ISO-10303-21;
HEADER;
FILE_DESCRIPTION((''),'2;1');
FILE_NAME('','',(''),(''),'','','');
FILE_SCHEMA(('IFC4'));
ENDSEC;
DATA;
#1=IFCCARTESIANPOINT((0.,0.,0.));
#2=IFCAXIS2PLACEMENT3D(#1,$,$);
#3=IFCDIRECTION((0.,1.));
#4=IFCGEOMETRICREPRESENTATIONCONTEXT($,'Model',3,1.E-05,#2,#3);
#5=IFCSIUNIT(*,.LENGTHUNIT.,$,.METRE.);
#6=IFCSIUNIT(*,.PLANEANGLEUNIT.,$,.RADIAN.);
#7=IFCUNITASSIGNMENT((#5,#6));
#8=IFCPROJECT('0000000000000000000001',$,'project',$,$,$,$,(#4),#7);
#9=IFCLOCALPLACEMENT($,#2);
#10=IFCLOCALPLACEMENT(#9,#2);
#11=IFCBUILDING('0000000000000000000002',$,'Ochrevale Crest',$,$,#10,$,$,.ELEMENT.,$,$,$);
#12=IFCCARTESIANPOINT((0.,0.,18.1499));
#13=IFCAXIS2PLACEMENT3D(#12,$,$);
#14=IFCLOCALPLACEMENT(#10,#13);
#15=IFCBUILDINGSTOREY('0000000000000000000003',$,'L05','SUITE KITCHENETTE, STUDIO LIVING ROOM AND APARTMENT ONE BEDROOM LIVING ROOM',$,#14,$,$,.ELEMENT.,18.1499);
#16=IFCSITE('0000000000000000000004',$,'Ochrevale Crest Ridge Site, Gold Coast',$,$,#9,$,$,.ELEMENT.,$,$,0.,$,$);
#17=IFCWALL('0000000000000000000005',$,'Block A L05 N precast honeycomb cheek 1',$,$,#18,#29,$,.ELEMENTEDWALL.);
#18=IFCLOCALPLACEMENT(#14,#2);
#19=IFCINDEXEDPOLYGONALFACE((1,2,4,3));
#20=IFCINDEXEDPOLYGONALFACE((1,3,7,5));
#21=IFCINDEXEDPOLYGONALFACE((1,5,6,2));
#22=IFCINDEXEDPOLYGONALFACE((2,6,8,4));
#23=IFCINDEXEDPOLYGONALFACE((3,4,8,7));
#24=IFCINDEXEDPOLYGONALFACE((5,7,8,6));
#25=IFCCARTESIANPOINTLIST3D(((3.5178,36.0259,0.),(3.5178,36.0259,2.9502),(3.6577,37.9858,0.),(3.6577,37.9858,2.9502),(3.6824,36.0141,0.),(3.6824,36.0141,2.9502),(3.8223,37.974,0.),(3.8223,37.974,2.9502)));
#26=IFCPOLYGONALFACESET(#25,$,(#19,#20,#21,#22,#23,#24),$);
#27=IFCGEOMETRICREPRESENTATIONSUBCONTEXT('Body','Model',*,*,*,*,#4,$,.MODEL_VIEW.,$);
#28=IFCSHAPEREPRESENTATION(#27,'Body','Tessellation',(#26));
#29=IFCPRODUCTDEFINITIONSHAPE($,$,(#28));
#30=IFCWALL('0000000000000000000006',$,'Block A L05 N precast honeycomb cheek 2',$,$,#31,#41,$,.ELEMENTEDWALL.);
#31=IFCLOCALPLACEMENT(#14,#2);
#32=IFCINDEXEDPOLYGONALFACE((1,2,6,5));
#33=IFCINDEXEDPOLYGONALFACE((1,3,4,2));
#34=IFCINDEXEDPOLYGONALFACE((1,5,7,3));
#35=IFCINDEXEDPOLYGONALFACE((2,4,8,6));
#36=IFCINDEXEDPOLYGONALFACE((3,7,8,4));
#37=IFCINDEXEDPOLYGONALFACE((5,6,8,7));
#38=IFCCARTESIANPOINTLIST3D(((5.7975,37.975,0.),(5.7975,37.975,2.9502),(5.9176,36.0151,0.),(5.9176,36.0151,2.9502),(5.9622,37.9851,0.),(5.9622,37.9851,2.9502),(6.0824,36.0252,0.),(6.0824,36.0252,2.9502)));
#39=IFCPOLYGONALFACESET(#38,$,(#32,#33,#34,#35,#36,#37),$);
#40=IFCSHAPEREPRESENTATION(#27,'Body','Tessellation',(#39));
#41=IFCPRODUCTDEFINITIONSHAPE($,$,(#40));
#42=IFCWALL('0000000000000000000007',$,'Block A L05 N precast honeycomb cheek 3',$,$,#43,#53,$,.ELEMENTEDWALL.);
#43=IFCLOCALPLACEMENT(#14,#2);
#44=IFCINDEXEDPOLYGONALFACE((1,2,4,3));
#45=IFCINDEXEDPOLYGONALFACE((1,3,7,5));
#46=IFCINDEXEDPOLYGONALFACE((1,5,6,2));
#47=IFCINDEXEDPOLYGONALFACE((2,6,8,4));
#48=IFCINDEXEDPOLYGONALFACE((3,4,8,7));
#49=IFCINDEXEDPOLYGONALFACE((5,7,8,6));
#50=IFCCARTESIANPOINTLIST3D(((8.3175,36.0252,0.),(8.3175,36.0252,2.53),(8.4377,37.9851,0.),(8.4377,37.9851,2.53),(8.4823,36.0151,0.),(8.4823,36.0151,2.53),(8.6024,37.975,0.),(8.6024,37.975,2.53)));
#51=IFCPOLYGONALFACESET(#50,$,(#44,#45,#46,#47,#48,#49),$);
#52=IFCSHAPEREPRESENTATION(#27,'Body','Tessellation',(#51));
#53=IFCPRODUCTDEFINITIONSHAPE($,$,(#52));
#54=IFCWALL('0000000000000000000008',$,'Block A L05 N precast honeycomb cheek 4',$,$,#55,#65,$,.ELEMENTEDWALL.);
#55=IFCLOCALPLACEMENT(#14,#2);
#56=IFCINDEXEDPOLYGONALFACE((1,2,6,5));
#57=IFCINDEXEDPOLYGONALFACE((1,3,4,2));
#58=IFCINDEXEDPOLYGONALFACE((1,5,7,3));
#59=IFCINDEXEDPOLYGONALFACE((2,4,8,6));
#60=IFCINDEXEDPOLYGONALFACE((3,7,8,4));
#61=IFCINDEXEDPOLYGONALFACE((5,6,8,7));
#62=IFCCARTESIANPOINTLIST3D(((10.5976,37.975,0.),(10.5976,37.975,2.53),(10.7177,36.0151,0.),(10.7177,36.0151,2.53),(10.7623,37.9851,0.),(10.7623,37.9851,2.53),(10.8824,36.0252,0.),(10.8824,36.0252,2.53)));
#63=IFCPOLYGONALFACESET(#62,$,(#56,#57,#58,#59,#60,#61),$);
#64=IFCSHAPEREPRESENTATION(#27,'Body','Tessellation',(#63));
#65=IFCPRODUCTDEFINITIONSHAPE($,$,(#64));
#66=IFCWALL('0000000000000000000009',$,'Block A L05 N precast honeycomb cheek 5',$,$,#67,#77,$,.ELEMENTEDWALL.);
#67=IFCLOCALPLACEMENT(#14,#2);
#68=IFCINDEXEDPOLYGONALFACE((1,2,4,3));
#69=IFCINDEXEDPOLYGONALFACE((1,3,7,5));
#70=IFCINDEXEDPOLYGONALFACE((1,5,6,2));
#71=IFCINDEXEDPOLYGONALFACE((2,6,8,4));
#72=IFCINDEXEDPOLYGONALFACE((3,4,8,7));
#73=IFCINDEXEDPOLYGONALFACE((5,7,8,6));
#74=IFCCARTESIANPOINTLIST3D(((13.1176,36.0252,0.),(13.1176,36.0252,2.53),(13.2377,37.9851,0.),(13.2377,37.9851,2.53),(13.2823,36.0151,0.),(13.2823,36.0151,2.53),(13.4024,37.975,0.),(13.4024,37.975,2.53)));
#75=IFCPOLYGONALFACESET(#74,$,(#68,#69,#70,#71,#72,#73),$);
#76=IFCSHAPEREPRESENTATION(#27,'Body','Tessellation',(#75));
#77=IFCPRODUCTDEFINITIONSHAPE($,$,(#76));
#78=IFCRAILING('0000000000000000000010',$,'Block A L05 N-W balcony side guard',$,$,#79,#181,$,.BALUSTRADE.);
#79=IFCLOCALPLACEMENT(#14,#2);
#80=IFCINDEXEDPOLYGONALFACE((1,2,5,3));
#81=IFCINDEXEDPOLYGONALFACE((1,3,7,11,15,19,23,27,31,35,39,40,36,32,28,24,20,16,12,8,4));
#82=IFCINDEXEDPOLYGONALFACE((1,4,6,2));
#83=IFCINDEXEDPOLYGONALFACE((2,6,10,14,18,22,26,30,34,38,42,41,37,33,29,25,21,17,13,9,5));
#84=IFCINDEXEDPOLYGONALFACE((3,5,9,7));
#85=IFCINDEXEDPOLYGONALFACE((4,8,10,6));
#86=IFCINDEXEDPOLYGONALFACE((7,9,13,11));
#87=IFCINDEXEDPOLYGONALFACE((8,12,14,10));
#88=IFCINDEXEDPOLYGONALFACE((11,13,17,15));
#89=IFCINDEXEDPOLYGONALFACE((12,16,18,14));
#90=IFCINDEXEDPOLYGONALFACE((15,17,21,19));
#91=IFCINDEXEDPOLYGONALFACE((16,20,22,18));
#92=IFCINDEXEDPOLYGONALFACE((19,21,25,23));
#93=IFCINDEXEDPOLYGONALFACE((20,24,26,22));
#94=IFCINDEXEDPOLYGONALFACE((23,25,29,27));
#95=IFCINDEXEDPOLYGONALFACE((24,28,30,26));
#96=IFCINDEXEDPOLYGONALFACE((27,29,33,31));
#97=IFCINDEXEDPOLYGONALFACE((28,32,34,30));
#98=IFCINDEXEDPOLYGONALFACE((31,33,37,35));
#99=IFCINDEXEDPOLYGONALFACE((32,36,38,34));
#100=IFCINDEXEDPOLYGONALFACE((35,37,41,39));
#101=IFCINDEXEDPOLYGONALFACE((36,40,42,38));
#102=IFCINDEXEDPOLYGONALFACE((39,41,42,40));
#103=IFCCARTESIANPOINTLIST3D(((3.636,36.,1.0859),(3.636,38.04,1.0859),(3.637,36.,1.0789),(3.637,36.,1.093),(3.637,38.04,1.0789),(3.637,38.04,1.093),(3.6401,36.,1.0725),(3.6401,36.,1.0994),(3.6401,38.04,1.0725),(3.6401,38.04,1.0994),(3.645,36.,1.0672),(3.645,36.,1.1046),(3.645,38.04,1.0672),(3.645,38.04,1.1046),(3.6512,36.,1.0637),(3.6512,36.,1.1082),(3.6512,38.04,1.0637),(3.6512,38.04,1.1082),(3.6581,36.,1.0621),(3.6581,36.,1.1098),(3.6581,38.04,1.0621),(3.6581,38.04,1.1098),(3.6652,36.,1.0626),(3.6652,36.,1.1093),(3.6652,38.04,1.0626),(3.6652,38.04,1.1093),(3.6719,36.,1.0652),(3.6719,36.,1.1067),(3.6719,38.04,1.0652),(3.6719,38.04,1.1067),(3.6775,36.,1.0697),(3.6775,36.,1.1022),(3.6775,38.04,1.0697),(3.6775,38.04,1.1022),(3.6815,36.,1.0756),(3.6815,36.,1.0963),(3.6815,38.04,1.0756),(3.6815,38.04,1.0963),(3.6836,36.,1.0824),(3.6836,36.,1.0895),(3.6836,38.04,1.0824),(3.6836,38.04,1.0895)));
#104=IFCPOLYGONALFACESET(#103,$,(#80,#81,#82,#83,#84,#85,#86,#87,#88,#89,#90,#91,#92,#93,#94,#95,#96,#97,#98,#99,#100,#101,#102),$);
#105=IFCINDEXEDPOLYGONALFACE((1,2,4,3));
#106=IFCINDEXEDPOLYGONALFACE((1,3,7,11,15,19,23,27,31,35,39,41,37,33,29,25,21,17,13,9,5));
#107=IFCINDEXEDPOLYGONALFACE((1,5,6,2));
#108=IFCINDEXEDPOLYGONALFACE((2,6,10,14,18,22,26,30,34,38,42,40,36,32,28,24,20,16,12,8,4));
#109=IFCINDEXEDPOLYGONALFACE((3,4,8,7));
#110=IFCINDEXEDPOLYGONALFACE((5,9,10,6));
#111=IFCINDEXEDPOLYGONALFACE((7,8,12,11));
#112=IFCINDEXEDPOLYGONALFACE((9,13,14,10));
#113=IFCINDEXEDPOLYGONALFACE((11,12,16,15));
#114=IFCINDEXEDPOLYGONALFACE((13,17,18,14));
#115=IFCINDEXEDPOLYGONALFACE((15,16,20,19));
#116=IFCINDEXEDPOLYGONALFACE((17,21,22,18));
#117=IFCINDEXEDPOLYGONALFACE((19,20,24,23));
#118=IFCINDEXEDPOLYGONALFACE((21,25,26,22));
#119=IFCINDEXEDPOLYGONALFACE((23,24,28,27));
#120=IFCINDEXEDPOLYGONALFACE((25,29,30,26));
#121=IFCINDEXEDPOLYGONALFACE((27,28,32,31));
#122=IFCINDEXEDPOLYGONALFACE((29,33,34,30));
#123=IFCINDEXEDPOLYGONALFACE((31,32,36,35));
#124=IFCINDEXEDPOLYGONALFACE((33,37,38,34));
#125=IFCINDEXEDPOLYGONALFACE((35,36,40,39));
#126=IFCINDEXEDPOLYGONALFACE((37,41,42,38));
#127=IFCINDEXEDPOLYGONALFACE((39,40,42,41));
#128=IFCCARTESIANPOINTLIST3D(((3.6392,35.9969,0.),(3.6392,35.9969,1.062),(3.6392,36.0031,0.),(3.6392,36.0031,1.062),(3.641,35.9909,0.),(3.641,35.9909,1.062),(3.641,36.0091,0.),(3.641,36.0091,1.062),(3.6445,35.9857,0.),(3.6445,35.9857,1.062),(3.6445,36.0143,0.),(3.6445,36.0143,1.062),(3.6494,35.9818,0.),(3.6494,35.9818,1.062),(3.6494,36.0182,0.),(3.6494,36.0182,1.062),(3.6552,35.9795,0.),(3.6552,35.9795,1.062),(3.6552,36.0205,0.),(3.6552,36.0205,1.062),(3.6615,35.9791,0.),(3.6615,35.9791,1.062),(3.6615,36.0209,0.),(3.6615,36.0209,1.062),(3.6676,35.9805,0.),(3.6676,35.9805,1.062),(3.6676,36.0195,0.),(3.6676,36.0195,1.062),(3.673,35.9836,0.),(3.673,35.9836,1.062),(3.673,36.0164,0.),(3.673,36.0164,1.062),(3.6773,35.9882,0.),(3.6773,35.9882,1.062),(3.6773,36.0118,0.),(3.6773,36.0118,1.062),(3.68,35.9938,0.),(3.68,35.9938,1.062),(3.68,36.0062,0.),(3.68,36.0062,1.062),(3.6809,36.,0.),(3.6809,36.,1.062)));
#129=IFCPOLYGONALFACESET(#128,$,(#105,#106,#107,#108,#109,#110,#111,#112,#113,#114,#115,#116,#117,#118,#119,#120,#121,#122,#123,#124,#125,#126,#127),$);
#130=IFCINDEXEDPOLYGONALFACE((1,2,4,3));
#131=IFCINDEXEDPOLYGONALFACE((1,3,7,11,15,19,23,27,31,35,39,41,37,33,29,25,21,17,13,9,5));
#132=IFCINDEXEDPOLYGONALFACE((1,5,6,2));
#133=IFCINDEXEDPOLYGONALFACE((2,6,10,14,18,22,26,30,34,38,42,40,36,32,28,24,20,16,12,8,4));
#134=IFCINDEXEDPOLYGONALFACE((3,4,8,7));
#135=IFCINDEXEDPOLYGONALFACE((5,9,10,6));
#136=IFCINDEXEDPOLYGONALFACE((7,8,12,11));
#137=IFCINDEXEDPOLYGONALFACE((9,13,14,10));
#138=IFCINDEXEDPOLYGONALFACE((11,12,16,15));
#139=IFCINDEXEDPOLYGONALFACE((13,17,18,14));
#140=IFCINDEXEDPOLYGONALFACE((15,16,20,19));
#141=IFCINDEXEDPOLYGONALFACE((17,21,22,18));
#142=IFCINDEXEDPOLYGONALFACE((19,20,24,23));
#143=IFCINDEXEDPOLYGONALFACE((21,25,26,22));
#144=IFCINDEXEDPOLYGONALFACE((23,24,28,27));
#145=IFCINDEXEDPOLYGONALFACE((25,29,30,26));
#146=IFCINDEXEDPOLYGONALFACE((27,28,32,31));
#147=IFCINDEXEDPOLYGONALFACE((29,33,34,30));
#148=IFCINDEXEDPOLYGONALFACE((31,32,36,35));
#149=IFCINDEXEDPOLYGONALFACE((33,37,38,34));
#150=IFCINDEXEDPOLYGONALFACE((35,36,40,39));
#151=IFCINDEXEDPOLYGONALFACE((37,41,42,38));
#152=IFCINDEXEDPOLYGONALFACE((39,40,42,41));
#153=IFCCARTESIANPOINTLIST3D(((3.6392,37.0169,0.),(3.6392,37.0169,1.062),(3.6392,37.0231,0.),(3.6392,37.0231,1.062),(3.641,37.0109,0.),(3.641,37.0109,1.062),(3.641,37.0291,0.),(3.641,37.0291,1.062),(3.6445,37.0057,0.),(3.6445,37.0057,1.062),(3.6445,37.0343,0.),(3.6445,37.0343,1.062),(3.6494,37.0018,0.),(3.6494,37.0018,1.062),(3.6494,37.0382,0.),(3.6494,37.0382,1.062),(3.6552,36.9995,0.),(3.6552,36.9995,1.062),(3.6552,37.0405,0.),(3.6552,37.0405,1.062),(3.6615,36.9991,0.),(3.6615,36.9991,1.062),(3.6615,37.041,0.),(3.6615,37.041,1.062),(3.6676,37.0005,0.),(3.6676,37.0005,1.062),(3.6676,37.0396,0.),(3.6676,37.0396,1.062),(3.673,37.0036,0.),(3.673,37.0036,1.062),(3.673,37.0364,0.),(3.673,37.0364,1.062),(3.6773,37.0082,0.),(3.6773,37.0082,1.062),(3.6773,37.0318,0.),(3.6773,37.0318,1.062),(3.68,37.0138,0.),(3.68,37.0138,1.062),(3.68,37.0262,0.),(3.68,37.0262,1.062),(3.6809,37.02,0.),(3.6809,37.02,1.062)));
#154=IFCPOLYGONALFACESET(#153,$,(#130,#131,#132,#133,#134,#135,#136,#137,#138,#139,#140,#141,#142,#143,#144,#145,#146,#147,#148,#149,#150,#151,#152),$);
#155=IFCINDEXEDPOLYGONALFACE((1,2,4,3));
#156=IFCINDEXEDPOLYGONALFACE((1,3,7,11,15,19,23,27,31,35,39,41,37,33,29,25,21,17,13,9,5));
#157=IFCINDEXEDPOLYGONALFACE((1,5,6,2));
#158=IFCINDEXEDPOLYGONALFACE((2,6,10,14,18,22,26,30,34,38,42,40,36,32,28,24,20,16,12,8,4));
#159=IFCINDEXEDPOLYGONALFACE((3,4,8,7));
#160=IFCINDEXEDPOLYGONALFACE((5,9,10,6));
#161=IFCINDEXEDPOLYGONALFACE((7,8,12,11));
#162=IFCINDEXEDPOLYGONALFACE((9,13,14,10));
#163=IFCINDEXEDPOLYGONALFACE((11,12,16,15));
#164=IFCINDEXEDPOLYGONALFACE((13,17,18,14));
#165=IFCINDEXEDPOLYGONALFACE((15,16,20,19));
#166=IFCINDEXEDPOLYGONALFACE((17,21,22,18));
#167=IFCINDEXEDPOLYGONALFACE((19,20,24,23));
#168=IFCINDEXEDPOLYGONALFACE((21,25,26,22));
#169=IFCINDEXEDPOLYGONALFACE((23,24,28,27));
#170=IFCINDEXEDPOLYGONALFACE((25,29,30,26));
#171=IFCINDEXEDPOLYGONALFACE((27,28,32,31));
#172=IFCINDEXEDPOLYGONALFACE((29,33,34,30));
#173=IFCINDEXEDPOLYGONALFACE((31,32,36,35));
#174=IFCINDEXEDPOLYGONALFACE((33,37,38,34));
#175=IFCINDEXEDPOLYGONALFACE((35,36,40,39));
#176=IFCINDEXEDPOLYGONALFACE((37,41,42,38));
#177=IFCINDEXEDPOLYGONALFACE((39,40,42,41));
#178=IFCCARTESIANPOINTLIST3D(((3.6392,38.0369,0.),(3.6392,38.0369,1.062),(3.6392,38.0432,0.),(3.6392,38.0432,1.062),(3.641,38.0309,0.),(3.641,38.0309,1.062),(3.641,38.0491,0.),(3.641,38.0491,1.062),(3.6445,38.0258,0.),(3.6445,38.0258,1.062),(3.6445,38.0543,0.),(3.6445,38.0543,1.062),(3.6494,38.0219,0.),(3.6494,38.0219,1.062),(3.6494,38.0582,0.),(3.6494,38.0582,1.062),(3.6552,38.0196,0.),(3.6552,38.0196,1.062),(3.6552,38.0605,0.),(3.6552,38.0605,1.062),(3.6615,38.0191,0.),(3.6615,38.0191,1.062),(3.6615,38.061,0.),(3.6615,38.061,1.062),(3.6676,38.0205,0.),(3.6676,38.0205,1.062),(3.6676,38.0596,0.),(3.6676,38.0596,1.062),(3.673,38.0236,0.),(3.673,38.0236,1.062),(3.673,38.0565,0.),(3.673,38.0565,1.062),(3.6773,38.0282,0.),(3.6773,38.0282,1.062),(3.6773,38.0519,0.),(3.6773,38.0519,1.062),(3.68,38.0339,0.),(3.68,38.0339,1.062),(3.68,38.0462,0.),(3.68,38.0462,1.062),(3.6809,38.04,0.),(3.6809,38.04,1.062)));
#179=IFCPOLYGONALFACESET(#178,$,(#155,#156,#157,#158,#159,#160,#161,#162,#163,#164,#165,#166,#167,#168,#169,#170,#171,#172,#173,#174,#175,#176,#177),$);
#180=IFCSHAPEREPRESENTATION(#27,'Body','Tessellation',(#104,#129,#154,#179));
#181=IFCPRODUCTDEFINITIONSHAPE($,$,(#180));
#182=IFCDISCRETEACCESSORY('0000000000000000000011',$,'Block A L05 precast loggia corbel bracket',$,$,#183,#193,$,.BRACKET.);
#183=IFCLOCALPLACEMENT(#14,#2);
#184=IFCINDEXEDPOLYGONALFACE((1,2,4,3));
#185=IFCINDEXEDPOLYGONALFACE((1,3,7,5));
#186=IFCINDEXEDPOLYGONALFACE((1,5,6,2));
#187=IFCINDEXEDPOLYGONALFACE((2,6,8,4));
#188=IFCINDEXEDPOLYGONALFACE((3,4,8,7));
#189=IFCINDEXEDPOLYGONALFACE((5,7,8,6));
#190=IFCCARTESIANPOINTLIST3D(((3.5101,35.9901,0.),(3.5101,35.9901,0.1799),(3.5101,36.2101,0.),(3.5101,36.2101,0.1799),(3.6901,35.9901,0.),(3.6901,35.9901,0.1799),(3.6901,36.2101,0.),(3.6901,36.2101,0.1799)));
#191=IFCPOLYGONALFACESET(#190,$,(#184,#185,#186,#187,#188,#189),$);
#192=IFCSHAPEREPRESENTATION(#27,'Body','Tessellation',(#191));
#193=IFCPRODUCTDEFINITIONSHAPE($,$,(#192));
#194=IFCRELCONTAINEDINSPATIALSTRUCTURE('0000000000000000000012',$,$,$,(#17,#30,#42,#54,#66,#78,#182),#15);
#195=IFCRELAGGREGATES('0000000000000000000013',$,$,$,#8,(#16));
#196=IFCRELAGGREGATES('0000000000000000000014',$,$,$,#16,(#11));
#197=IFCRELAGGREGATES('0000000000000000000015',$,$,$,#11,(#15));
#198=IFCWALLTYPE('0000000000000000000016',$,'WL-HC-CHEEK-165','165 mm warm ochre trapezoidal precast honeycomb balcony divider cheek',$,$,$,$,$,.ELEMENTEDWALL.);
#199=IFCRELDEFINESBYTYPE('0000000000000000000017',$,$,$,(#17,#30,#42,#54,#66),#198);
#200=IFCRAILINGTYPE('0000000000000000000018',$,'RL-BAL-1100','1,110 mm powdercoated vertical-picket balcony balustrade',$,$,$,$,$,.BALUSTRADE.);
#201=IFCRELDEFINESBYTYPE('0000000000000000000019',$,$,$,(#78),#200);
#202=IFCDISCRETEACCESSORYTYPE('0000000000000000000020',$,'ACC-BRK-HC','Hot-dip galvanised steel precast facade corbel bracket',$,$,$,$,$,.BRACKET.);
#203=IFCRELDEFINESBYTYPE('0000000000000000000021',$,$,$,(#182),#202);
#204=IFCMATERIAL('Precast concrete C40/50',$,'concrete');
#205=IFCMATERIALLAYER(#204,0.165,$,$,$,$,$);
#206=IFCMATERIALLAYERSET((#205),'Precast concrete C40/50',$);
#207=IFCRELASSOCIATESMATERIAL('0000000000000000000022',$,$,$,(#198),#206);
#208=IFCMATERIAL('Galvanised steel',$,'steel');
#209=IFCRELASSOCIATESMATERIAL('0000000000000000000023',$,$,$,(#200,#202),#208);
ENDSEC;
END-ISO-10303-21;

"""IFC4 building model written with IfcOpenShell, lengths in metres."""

from ifc_helpers import new_model, si_unit, direction, frame, frame_2d, origin, origin_2d, place, context, subcontext, project, spatial, rectangle, circle, extrude, material, layer, layer_set, type_object, element, save


model = new_model("IFC4")

# Units and contexts
model_context = context("Model", 3, precision=1e-05, world=origin(), true_north=direction((0.0, 1.0)))
body_context = subcontext(model_context, "Body", "Model", "MODEL_VIEW")
ifc_project = project(units=[si_unit("LENGTHUNIT", "METRE"), si_unit("PLANEANGLEUNIT", "RADIAN")], contexts=[model_context])

# Site, building, storey
site_placement = place(None, origin())
site = spatial("IfcSite", under=ifc_project, at=site_placement, Name="Ochrevale Crest Ridge Site, Gold Coast", CompositionType="ELEMENT", RefElevation=0.0)
building_placement = place(site_placement, origin())
building = spatial("IfcBuilding", under=site, at=building_placement, Name="Ochrevale Crest", CompositionType="ELEMENT")
storey_placement = place(building_placement, frame((0.0, 0.0, 18.1499)))
storey = spatial("IfcBuildingStorey", under=building, at=storey_placement, Name="L05", Description="SUITE KITCHENETTE, STUDIO LIVING ROOM AND APARTMENT ONE BEDROOM LIVING ROOM", CompositionType="ELEMENT", Elevation=18.1499)

# Shared definitions
ifc_material_1 = material(Name="Precast concrete C40/50", Category="concrete")

# Walls
ifc_layer_1 = layer(ifc_material_1, 0.165)
ifc_layer_set_1 = layer_set([ifc_layer_1], Name="Precast concrete C40/50")
wall_type_1 = type_object("IfcWallType", Name="WL-HC-CHEEK-165", Description="165 mm warm ochre trapezoidal precast honeycomb balcony divider cheek", PredefinedType="ELEMENTEDWALL", material=ifc_layer_set_1)
wall_1_placement = place(storey_placement, frame((3.6001, 36.02, 0.0), z_axis=(0.0, 0.0, 1.0), x_axis=(0.071194, 0.997462, 0.0)))
element("IfcWall", 1, at=wall_1_placement, inside=storey, type_object=wall_type_1, Name="Block A L05 N precast honeycomb cheek 1", PredefinedType="ELEMENTEDWALL", context=body_context, shape_type="SweptSolid", body=[
    extrude(rectangle(XDim=1.9648, YDim=0.165, at=frame_2d((0.9824, 0.0))), origin(), (0.0, 0.0, 1.0), 2.9502),
])
wall_2_placement = place(storey_placement, frame((6.0, 36.02, 0.0), z_axis=(0.0, 0.0, 1.0), x_axis=(-0.061171, 0.998127, 0.0)))
element("IfcWall", 2, at=wall_2_placement, inside=storey, type_object=wall_type_1, Name="Block A L05 N precast honeycomb cheek 2", PredefinedType="ELEMENTEDWALL", context=body_context, shape_type="SweptSolid", body=[
    extrude(rectangle(XDim=1.9636, YDim=0.165, at=frame_2d((0.9819, 0.0))), origin(), (0.0, 0.0, 1.0), 2.9502),
])
for number, where, z_axis, x_axis, name in (
    (3, (8.3999, 36.02, 0.0), (0.0, 0.0, 1.0), (0.061171, 0.998127, 0.0), "Block A L05 N precast honeycomb cheek 3"),
    (4, (10.8, 36.02, 0.0), (0.0, 0.0, 1.0), (-0.061171, 0.998127, 0.0), "Block A L05 N precast honeycomb cheek 4"),
    (5, (13.2, 36.02, 0.0), (0.0, 0.0, 1.0), (0.061171, 0.998127, 0.0), "Block A L05 N precast honeycomb cheek 5"),
):
    element("IfcWall", number, at=place(storey_placement, frame(where, z_axis=z_axis, x_axis=x_axis)), inside=storey, type_object=wall_type_1, Name=name, PredefinedType="ELEMENTEDWALL", context=body_context, shape_type="SweptSolid", body=[
        extrude(rectangle(XDim=1.9636, YDim=0.165, at=frame_2d((0.9819, 0.0))), origin(), (0.0, 0.0, 1.0), 2.53),
    ])

# Railing
ifc_material_2 = material(Name="Galvanised steel", Category="steel")
railing_type = type_object("IfcRailingType", Name="RL-BAL-1100", Description="1,110 mm powdercoated vertical-picket balcony balustrade", PredefinedType="BALUSTRADE", material=ifc_material_2)
railing_placement = place(storey_placement, frame((3.6599, 36.0, 0.0)))
element("IfcRailing", 6, at=railing_placement, inside=storey, type_object=railing_type, Name="Block A L05 N-W balcony side guard", PredefinedType="BALUSTRADE", context=body_context, shape_type="SweptSolid", body=[
    extrude(circle(Radius=0.0239, at=origin_2d()), frame((0.0, 0.0, 1.0859), z_axis=(0.0, 1.0, 0.0), x_axis=(-1.0, 0.0, 0.0)), (0.0, 0.0, 1.0), 2.04),
    extrude(circle(Radius=0.021, at=origin_2d()), origin(), (0.0, 0.0, 1.0), 1.062),
    extrude(circle(Radius=0.021, at=origin_2d()), frame((0.0, 1.02, 0.0)), (0.0, 0.0, 1.0), 1.062),
    extrude(circle(Radius=0.021, at=origin_2d()), frame((0.0, 2.04, 0.0)), (0.0, 0.0, 1.0), 1.062),
])

# Discrete accessory
discrete_accessory_type = type_object("IfcDiscreteAccessoryType", Name="ACC-BRK-HC", Description="Hot-dip galvanised steel precast facade corbel bracket", PredefinedType="BRACKET", material=ifc_material_2)
discrete_accessory_placement = place(storey_placement, frame((3.6001, 36.1001, 0.0), z_axis=(0.0, 0.0, 1.0), x_axis=(1.0, 0.0, 0.0)))
element("IfcDiscreteAccessory", 7, at=discrete_accessory_placement, inside=storey, type_object=discrete_accessory_type, Name="Block A L05 precast loggia corbel bracket", PredefinedType="BRACKET", context=body_context, shape_type="SweptSolid", body=[
    extrude(rectangle(XDim=0.1799, YDim=0.22, at=origin_2d()), origin(), (0.0, 0.0, 1.0), 0.1799),
])

save(model, "model.ifc")
